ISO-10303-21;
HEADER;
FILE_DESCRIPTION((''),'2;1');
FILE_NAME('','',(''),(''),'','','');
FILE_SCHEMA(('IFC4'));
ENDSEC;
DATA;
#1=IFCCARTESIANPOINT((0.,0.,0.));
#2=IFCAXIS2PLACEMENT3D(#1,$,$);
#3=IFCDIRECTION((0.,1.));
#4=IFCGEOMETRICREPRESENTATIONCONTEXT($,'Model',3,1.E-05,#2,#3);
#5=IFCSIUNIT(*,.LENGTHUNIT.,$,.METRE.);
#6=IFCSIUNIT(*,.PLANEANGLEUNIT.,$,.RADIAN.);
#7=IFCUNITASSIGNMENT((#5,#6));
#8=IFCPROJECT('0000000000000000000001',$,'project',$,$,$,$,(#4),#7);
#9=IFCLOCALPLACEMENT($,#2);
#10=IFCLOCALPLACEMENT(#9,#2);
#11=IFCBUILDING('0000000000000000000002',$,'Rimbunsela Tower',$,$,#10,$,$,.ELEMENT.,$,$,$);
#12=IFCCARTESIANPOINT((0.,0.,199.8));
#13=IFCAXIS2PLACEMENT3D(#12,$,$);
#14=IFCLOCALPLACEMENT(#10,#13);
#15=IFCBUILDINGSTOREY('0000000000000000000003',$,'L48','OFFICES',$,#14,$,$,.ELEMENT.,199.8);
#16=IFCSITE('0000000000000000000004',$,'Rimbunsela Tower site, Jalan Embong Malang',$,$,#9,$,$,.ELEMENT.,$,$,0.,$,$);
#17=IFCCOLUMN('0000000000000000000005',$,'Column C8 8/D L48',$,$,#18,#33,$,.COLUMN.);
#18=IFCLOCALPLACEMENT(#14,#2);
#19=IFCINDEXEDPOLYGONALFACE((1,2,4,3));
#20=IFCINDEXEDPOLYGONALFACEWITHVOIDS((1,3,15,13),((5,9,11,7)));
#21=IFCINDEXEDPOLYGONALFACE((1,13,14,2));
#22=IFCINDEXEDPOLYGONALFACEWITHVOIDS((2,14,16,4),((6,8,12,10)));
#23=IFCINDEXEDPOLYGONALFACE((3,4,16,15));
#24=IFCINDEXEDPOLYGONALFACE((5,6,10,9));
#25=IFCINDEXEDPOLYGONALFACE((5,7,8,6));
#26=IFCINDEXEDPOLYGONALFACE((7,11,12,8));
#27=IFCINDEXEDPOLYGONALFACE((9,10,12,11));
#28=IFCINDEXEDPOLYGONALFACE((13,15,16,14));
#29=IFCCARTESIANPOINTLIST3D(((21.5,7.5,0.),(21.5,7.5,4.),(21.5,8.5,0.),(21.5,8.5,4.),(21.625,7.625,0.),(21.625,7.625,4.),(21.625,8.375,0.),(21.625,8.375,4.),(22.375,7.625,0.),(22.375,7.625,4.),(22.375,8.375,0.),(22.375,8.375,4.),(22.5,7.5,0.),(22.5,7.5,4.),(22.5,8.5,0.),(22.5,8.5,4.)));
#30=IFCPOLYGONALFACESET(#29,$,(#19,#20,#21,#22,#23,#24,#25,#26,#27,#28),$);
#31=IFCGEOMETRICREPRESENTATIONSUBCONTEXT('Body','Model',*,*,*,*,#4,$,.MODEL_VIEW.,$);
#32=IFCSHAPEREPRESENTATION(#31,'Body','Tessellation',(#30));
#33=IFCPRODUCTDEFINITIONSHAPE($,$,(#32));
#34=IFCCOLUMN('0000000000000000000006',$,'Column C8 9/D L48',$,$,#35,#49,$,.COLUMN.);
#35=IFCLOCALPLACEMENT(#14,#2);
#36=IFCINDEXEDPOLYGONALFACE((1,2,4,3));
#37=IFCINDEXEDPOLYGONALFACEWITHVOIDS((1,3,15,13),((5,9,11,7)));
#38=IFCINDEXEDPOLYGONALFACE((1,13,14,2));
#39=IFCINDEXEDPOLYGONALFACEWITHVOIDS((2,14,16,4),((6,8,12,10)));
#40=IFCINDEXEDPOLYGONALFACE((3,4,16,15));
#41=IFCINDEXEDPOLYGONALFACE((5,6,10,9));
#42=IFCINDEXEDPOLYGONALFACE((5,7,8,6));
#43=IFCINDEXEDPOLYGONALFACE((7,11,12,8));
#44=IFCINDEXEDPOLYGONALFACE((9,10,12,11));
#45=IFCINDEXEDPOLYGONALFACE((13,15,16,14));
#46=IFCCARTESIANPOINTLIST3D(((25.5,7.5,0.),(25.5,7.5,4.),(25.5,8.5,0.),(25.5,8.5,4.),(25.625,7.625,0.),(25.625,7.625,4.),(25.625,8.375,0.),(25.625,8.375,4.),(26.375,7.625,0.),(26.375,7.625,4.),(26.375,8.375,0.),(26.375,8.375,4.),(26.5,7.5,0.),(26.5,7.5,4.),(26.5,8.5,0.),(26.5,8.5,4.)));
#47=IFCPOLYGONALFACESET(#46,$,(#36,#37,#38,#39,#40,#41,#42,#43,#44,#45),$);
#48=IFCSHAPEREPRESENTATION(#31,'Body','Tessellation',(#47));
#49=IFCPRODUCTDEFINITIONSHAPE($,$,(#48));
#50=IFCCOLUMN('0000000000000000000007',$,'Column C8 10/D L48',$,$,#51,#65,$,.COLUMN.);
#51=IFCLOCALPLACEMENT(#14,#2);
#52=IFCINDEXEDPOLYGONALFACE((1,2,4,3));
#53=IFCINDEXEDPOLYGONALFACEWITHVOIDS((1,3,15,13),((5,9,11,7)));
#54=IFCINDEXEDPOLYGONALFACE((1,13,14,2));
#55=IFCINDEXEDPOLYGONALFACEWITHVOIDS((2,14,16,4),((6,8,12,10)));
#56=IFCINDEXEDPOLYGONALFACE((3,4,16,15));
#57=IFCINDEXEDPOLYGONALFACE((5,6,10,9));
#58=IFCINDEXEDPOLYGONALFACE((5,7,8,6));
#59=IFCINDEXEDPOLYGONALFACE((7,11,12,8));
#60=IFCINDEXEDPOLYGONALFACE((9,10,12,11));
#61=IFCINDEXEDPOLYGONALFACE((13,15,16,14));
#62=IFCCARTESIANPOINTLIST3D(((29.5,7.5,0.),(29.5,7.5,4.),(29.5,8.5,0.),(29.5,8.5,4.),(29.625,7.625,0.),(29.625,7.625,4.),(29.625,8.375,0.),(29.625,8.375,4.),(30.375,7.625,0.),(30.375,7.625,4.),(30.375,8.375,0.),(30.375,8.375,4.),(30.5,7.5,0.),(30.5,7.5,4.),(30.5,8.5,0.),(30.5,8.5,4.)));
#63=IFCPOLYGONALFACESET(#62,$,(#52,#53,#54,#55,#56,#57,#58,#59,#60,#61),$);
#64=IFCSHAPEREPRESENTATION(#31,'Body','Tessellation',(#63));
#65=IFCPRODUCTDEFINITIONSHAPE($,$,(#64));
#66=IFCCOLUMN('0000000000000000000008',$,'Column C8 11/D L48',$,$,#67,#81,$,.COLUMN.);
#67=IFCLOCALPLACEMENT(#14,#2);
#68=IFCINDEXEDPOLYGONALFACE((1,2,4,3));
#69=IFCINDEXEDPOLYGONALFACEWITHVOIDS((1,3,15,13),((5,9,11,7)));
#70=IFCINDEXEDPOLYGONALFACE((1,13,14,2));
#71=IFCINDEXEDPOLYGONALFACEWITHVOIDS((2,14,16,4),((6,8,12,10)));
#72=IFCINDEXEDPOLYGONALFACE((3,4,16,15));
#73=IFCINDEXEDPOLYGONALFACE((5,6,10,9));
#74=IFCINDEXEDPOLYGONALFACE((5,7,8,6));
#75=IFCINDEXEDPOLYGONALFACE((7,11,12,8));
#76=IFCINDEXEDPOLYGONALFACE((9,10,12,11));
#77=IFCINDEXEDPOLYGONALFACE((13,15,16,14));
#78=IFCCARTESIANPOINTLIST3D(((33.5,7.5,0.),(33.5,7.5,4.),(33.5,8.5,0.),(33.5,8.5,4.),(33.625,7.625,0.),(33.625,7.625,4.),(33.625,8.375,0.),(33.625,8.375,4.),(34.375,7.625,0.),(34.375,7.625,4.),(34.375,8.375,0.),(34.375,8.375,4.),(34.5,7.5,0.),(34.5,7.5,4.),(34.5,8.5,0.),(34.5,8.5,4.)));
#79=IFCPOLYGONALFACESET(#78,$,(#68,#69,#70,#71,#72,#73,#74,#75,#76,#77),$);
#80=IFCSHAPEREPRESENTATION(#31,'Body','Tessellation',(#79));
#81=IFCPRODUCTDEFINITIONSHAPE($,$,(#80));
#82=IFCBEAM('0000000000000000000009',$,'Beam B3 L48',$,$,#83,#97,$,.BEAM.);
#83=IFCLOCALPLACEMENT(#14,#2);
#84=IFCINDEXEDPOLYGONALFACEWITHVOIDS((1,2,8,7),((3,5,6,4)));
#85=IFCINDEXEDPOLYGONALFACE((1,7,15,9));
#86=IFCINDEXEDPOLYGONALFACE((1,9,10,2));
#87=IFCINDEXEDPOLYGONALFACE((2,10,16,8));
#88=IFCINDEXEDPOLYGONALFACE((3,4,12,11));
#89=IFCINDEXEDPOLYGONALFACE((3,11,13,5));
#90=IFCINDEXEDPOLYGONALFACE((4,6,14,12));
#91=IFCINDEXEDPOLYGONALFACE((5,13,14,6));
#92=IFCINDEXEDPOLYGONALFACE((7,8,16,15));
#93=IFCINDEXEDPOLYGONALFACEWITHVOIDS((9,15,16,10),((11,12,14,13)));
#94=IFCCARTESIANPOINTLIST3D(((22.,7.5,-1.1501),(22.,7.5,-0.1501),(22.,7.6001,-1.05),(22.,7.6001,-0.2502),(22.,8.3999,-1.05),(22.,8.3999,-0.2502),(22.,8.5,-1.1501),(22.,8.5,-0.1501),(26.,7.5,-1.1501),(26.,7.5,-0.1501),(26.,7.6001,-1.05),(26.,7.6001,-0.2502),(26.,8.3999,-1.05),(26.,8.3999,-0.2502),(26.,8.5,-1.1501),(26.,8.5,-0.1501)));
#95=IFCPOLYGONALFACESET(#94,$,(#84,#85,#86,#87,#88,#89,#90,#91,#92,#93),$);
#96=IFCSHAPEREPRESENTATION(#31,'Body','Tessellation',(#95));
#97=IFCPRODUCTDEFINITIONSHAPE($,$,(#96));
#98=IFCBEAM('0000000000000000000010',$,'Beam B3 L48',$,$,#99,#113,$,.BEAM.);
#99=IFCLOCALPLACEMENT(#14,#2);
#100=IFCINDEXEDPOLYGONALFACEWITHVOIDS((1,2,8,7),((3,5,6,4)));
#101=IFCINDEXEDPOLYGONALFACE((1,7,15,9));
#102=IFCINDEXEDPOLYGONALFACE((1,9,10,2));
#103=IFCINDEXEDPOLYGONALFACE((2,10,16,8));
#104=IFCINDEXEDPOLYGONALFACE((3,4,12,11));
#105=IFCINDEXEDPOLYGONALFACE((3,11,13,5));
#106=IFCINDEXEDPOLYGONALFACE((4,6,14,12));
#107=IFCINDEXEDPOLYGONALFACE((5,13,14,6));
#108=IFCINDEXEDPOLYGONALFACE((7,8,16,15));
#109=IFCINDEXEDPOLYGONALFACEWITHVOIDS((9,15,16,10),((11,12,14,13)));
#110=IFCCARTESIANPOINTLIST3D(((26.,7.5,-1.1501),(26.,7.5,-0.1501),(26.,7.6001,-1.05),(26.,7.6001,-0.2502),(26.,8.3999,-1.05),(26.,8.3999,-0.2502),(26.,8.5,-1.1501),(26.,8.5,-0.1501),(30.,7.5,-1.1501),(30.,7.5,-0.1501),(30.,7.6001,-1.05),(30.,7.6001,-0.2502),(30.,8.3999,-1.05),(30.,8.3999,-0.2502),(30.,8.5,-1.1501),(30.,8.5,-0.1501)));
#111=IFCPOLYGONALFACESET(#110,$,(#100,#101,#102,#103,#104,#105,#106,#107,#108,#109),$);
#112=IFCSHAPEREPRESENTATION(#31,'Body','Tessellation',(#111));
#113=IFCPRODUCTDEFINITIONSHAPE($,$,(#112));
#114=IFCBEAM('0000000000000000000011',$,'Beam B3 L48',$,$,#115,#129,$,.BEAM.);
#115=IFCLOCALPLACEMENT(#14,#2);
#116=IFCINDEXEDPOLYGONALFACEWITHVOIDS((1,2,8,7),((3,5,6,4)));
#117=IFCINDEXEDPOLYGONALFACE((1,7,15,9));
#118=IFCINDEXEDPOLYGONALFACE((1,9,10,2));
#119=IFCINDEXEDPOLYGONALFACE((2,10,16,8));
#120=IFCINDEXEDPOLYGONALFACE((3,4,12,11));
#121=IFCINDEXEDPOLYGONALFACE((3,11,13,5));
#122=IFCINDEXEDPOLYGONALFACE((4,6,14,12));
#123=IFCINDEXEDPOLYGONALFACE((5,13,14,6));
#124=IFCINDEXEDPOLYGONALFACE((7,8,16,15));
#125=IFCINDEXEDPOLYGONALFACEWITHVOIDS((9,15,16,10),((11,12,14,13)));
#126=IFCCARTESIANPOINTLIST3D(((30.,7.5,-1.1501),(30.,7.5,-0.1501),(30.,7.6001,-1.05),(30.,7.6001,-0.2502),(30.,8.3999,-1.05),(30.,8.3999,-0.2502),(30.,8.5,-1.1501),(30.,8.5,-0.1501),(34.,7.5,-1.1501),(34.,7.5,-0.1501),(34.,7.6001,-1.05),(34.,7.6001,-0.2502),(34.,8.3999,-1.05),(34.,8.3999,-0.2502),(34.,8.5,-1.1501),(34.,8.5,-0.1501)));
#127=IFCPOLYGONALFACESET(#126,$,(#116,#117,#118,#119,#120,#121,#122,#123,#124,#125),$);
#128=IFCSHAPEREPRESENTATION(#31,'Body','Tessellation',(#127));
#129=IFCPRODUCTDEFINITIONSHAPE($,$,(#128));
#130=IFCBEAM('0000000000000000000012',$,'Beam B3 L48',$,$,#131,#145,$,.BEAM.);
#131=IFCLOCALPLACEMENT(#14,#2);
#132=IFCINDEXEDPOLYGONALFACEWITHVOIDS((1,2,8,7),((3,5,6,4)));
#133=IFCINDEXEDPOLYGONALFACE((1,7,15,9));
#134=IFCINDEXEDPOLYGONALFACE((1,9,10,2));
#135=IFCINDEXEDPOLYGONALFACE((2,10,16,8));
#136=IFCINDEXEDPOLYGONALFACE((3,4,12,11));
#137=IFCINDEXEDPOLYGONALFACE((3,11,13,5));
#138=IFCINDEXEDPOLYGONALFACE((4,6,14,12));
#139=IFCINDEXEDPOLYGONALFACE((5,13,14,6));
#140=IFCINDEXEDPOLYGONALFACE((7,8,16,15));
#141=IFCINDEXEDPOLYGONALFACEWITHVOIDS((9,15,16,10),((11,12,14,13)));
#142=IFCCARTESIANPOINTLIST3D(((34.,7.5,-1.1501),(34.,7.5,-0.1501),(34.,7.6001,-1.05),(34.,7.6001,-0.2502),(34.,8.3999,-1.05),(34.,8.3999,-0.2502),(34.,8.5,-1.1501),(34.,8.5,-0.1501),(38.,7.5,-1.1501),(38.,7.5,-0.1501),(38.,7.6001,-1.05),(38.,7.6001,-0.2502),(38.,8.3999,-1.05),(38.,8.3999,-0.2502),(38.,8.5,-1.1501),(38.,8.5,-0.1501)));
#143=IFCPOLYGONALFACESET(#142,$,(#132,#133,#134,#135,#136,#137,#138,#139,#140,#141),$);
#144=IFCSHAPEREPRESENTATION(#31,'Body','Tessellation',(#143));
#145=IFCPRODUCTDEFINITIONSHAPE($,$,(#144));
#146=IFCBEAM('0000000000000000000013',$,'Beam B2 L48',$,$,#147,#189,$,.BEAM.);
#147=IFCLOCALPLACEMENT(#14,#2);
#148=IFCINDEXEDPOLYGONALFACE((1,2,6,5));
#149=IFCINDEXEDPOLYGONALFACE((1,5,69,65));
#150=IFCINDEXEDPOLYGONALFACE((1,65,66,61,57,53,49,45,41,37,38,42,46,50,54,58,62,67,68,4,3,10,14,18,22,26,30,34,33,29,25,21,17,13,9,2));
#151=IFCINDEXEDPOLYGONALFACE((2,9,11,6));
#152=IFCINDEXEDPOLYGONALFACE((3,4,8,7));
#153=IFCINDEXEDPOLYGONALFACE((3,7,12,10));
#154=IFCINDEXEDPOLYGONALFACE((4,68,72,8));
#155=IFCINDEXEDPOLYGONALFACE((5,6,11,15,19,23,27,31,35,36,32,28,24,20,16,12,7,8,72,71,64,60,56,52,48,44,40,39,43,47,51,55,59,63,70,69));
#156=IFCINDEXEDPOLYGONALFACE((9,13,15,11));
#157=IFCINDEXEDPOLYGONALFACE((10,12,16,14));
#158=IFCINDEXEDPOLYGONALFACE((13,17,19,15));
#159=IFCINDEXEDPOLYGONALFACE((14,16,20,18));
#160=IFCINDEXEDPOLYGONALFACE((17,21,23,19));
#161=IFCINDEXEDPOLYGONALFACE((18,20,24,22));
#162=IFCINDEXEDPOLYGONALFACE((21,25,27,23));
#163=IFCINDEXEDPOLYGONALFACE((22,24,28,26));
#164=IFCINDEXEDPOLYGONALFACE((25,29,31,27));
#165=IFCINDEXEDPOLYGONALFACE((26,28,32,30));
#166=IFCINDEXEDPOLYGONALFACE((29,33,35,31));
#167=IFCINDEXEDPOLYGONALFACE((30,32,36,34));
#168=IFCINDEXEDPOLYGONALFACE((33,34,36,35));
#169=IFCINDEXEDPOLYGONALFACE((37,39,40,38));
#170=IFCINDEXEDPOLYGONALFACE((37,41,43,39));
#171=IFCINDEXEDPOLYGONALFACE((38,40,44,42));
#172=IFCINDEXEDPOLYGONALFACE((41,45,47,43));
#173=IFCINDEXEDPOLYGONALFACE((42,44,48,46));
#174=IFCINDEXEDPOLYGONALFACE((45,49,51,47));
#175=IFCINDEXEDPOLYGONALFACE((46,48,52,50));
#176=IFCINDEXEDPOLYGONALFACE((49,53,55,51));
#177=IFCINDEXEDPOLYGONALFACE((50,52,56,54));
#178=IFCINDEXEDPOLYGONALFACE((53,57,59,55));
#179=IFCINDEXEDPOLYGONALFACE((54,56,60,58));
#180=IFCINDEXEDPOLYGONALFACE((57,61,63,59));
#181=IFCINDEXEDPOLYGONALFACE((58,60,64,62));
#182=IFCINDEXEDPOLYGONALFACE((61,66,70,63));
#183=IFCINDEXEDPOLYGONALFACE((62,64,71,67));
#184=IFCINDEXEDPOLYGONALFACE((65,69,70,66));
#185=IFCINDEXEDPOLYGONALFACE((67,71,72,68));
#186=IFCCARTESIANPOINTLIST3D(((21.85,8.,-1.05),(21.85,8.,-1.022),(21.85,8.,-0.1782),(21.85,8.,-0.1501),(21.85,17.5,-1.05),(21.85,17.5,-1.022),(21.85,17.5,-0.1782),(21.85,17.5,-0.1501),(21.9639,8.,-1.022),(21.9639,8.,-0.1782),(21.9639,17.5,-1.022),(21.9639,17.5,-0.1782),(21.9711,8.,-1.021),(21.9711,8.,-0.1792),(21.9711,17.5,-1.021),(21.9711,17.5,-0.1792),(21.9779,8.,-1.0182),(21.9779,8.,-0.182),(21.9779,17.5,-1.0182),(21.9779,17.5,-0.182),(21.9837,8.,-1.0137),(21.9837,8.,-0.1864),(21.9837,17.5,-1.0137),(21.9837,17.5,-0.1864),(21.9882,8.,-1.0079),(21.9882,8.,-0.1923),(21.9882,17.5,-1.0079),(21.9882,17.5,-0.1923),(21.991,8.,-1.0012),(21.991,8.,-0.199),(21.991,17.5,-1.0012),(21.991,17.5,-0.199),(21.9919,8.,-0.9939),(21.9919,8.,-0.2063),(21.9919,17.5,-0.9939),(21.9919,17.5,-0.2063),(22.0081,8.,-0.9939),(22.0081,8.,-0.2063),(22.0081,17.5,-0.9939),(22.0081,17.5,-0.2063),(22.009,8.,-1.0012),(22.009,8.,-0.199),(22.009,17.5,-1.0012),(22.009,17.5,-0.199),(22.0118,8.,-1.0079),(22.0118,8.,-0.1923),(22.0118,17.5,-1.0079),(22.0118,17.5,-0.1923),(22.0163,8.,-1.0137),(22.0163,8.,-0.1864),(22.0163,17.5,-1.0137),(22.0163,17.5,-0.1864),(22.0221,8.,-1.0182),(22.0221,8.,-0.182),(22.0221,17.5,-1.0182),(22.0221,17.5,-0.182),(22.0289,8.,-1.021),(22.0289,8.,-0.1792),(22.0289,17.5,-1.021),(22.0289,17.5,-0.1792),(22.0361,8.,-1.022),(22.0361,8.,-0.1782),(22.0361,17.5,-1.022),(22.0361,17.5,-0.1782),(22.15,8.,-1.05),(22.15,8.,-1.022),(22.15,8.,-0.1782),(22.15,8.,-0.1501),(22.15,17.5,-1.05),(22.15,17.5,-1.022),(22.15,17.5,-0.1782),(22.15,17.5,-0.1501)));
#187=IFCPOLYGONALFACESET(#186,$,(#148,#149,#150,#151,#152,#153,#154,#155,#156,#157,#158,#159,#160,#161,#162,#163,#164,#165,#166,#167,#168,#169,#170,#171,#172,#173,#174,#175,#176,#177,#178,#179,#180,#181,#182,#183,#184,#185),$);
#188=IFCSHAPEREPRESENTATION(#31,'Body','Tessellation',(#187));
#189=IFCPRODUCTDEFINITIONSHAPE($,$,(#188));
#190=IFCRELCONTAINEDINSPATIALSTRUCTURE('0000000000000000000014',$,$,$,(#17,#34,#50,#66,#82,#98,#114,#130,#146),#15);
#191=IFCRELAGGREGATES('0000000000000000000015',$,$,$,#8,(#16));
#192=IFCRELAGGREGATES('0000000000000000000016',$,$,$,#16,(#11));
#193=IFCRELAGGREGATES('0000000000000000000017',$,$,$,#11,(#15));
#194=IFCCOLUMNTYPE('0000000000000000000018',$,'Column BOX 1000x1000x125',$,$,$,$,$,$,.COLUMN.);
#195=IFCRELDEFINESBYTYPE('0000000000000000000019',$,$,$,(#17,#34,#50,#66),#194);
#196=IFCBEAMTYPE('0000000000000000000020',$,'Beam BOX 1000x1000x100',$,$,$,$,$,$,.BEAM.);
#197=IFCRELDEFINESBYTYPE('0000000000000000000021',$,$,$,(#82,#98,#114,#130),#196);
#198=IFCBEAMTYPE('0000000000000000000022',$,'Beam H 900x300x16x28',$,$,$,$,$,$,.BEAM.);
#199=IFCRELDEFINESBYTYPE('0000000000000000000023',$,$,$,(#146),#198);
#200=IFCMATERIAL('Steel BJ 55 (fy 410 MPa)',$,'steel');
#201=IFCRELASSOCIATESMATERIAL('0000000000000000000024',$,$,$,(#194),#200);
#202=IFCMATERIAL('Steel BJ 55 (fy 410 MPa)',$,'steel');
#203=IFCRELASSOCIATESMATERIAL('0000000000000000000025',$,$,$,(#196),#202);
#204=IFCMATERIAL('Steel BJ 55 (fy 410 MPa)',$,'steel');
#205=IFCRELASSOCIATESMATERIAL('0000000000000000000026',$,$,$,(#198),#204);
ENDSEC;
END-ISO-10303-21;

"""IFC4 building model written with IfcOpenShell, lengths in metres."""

from ifc_helpers import new_model, si_unit, direction, frame, origin, origin_2d, place, context, subcontext, project, spatial, hollow_rectangle, i_section, extrude, material, material_profile, profile_set, type_object, element, save


model = new_model("IFC4")

# Units and contexts
model_context = context("Model", 3, precision=1e-05, world=origin(), true_north=direction((0.0, 1.0)))
body_context = subcontext(model_context, "Body", "Model", "MODEL_VIEW")
ifc_project = project(units=[si_unit("LENGTHUNIT", "METRE"), si_unit("PLANEANGLEUNIT", "RADIAN")], contexts=[model_context])

# Site, building, storey
site_placement = place(None, origin())
site = spatial("IfcSite", under=ifc_project, at=site_placement, Name="Rimbunsela Tower site, Jalan Embong Malang", CompositionType="ELEMENT", RefElevation=0.0)
building_placement = place(site_placement, origin())
building = spatial("IfcBuilding", under=site, at=building_placement, Name="Rimbunsela Tower", CompositionType="ELEMENT")
storey_placement = place(building_placement, frame((0.0, 0.0, 199.8)))
storey = spatial("IfcBuildingStorey", under=building, at=storey_placement, Name="L48", Description="OFFICES", CompositionType="ELEMENT", Elevation=199.8)

# Columns
ifc_material_1 = material(Name="Steel BJ 55 (fy 410 MPa)", Category="steel")
ifc_material_profile_1 = material_profile(ifc_material_1, hollow_rectangle(XDim=1.0, YDim=1.0, WallThickness=0.125, at=origin_2d()), Name="BOX 1000x1000x125")
ifc_profile_set_1 = profile_set([ifc_material_profile_1], Name="Steel BJ 55 (fy 410 MPa)")
column_type = type_object("IfcColumnType", Name="Column BOX 1000x1000x125", PredefinedType="COLUMN", material=ifc_profile_set_1)
for number, where, z_axis, x_axis, name in (
    (1, (22.0, 8.0, 0.0), (0.0, 0.0, 1.0), (1.0, 0.0, 0.0), "Column C8 8/D L48"),
    (2, (26.0, 8.0, 0.0), (0.0, 0.0, 1.0), (1.0, 0.0, 0.0), "Column C8 9/D L48"),
    (3, (30.0, 8.0, 0.0), (0.0, 0.0, 1.0), (1.0, 0.0, 0.0), "Column C8 10/D L48"),
    (4, (34.0, 8.0, 0.0), (0.0, 0.0, 1.0), (1.0, 0.0, 0.0), "Column C8 11/D L48"),
):
    element("IfcColumn", number, at=place(storey_placement, frame(where, z_axis=z_axis, x_axis=x_axis)), inside=storey, type_object=column_type, Name=name, PredefinedType="COLUMN", context=body_context, shape_type="SweptSolid", body=[
        extrude(hollow_rectangle(XDim=1.0, YDim=1.0, WallThickness=0.125, at=origin_2d()), origin(), (0.0, 0.0, 1.0), 4.0),
    ])

# Beams
ifc_material_2 = material(Name="Steel BJ 55 (fy 410 MPa)", Category="steel")
ifc_material_profile_2 = material_profile(ifc_material_2, hollow_rectangle(XDim=1.0, YDim=1.0, WallThickness=0.1001, at=origin_2d()), Name="BOX 1000x1000x100")
ifc_profile_set_2 = profile_set([ifc_material_profile_2], Name="Steel BJ 55 (fy 410 MPa)")
beam_type_1 = type_object("IfcBeamType", Name="Beam BOX 1000x1000x100", PredefinedType="BEAM", material=ifc_profile_set_2)
for number, where, z_axis, x_axis, name in (
    (5, (22.0, 8.0, -0.6501), (1.0, 0.0, 0.0), (0.0, 1.0, 0.0), "Beam B3 L48"),
    (6, (26.0, 8.0, -0.6501), (1.0, 0.0, 0.0), (0.0, 1.0, 0.0), "Beam B3 L48"),
    (7, (30.0, 8.0, -0.6501), (1.0, 0.0, 0.0), (0.0, 1.0, 0.0), "Beam B3 L48"),
    (8, (34.0, 8.0, -0.6501), (1.0, 0.0, 0.0), (0.0, 1.0, 0.0), "Beam B3 L48"),
):
    element("IfcBeam", number, at=place(storey_placement, frame(where, z_axis=z_axis, x_axis=x_axis)), inside=storey, type_object=beam_type_1, Name=name, PredefinedType="BEAM", context=body_context, shape_type="SweptSolid", body=[
        extrude(hollow_rectangle(XDim=1.0, YDim=1.0, WallThickness=0.1001, at=origin_2d()), origin(), (0.0, 0.0, 1.0), 4.0),
    ])
ifc_material_3 = material(Name="Steel BJ 55 (fy 410 MPa)", Category="steel")
ifc_material_profile_3 = material_profile(ifc_material_3, i_section(OverallWidth=0.3, OverallDepth=0.8999, WebThickness=0.0161, FlangeThickness=0.0281, FilletRadius=0.0281, at=origin_2d()), Name="H 900x300x16x28")
ifc_profile_set_3 = profile_set([ifc_material_profile_3], Name="Steel BJ 55 (fy 410 MPa)")
beam_type_2 = type_object("IfcBeamType", Name="Beam H 900x300x16x28", PredefinedType="BEAM", material=ifc_profile_set_3)
for number, where, z_axis, x_axis, name in (
    (9, (22.0, 8.0, -0.6001), (0.0, 1.0, 0.0), (-1.0, 0.0, 0.0), "Beam B2 L48"),
):
    element("IfcBeam", number, at=place(storey_placement, frame(where, z_axis=z_axis, x_axis=x_axis)), inside=storey, type_object=beam_type_2, Name=name, PredefinedType="BEAM", context=body_context, shape_type="SweptSolid", body=[
        extrude(i_section(OverallWidth=0.3, OverallDepth=0.8999, WebThickness=0.0161, FlangeThickness=0.0281, FilletRadius=0.0281, at=origin_2d()), origin(), (0.0, 0.0, 1.0), 9.5),
    ])

save(model, "model.ifc")
